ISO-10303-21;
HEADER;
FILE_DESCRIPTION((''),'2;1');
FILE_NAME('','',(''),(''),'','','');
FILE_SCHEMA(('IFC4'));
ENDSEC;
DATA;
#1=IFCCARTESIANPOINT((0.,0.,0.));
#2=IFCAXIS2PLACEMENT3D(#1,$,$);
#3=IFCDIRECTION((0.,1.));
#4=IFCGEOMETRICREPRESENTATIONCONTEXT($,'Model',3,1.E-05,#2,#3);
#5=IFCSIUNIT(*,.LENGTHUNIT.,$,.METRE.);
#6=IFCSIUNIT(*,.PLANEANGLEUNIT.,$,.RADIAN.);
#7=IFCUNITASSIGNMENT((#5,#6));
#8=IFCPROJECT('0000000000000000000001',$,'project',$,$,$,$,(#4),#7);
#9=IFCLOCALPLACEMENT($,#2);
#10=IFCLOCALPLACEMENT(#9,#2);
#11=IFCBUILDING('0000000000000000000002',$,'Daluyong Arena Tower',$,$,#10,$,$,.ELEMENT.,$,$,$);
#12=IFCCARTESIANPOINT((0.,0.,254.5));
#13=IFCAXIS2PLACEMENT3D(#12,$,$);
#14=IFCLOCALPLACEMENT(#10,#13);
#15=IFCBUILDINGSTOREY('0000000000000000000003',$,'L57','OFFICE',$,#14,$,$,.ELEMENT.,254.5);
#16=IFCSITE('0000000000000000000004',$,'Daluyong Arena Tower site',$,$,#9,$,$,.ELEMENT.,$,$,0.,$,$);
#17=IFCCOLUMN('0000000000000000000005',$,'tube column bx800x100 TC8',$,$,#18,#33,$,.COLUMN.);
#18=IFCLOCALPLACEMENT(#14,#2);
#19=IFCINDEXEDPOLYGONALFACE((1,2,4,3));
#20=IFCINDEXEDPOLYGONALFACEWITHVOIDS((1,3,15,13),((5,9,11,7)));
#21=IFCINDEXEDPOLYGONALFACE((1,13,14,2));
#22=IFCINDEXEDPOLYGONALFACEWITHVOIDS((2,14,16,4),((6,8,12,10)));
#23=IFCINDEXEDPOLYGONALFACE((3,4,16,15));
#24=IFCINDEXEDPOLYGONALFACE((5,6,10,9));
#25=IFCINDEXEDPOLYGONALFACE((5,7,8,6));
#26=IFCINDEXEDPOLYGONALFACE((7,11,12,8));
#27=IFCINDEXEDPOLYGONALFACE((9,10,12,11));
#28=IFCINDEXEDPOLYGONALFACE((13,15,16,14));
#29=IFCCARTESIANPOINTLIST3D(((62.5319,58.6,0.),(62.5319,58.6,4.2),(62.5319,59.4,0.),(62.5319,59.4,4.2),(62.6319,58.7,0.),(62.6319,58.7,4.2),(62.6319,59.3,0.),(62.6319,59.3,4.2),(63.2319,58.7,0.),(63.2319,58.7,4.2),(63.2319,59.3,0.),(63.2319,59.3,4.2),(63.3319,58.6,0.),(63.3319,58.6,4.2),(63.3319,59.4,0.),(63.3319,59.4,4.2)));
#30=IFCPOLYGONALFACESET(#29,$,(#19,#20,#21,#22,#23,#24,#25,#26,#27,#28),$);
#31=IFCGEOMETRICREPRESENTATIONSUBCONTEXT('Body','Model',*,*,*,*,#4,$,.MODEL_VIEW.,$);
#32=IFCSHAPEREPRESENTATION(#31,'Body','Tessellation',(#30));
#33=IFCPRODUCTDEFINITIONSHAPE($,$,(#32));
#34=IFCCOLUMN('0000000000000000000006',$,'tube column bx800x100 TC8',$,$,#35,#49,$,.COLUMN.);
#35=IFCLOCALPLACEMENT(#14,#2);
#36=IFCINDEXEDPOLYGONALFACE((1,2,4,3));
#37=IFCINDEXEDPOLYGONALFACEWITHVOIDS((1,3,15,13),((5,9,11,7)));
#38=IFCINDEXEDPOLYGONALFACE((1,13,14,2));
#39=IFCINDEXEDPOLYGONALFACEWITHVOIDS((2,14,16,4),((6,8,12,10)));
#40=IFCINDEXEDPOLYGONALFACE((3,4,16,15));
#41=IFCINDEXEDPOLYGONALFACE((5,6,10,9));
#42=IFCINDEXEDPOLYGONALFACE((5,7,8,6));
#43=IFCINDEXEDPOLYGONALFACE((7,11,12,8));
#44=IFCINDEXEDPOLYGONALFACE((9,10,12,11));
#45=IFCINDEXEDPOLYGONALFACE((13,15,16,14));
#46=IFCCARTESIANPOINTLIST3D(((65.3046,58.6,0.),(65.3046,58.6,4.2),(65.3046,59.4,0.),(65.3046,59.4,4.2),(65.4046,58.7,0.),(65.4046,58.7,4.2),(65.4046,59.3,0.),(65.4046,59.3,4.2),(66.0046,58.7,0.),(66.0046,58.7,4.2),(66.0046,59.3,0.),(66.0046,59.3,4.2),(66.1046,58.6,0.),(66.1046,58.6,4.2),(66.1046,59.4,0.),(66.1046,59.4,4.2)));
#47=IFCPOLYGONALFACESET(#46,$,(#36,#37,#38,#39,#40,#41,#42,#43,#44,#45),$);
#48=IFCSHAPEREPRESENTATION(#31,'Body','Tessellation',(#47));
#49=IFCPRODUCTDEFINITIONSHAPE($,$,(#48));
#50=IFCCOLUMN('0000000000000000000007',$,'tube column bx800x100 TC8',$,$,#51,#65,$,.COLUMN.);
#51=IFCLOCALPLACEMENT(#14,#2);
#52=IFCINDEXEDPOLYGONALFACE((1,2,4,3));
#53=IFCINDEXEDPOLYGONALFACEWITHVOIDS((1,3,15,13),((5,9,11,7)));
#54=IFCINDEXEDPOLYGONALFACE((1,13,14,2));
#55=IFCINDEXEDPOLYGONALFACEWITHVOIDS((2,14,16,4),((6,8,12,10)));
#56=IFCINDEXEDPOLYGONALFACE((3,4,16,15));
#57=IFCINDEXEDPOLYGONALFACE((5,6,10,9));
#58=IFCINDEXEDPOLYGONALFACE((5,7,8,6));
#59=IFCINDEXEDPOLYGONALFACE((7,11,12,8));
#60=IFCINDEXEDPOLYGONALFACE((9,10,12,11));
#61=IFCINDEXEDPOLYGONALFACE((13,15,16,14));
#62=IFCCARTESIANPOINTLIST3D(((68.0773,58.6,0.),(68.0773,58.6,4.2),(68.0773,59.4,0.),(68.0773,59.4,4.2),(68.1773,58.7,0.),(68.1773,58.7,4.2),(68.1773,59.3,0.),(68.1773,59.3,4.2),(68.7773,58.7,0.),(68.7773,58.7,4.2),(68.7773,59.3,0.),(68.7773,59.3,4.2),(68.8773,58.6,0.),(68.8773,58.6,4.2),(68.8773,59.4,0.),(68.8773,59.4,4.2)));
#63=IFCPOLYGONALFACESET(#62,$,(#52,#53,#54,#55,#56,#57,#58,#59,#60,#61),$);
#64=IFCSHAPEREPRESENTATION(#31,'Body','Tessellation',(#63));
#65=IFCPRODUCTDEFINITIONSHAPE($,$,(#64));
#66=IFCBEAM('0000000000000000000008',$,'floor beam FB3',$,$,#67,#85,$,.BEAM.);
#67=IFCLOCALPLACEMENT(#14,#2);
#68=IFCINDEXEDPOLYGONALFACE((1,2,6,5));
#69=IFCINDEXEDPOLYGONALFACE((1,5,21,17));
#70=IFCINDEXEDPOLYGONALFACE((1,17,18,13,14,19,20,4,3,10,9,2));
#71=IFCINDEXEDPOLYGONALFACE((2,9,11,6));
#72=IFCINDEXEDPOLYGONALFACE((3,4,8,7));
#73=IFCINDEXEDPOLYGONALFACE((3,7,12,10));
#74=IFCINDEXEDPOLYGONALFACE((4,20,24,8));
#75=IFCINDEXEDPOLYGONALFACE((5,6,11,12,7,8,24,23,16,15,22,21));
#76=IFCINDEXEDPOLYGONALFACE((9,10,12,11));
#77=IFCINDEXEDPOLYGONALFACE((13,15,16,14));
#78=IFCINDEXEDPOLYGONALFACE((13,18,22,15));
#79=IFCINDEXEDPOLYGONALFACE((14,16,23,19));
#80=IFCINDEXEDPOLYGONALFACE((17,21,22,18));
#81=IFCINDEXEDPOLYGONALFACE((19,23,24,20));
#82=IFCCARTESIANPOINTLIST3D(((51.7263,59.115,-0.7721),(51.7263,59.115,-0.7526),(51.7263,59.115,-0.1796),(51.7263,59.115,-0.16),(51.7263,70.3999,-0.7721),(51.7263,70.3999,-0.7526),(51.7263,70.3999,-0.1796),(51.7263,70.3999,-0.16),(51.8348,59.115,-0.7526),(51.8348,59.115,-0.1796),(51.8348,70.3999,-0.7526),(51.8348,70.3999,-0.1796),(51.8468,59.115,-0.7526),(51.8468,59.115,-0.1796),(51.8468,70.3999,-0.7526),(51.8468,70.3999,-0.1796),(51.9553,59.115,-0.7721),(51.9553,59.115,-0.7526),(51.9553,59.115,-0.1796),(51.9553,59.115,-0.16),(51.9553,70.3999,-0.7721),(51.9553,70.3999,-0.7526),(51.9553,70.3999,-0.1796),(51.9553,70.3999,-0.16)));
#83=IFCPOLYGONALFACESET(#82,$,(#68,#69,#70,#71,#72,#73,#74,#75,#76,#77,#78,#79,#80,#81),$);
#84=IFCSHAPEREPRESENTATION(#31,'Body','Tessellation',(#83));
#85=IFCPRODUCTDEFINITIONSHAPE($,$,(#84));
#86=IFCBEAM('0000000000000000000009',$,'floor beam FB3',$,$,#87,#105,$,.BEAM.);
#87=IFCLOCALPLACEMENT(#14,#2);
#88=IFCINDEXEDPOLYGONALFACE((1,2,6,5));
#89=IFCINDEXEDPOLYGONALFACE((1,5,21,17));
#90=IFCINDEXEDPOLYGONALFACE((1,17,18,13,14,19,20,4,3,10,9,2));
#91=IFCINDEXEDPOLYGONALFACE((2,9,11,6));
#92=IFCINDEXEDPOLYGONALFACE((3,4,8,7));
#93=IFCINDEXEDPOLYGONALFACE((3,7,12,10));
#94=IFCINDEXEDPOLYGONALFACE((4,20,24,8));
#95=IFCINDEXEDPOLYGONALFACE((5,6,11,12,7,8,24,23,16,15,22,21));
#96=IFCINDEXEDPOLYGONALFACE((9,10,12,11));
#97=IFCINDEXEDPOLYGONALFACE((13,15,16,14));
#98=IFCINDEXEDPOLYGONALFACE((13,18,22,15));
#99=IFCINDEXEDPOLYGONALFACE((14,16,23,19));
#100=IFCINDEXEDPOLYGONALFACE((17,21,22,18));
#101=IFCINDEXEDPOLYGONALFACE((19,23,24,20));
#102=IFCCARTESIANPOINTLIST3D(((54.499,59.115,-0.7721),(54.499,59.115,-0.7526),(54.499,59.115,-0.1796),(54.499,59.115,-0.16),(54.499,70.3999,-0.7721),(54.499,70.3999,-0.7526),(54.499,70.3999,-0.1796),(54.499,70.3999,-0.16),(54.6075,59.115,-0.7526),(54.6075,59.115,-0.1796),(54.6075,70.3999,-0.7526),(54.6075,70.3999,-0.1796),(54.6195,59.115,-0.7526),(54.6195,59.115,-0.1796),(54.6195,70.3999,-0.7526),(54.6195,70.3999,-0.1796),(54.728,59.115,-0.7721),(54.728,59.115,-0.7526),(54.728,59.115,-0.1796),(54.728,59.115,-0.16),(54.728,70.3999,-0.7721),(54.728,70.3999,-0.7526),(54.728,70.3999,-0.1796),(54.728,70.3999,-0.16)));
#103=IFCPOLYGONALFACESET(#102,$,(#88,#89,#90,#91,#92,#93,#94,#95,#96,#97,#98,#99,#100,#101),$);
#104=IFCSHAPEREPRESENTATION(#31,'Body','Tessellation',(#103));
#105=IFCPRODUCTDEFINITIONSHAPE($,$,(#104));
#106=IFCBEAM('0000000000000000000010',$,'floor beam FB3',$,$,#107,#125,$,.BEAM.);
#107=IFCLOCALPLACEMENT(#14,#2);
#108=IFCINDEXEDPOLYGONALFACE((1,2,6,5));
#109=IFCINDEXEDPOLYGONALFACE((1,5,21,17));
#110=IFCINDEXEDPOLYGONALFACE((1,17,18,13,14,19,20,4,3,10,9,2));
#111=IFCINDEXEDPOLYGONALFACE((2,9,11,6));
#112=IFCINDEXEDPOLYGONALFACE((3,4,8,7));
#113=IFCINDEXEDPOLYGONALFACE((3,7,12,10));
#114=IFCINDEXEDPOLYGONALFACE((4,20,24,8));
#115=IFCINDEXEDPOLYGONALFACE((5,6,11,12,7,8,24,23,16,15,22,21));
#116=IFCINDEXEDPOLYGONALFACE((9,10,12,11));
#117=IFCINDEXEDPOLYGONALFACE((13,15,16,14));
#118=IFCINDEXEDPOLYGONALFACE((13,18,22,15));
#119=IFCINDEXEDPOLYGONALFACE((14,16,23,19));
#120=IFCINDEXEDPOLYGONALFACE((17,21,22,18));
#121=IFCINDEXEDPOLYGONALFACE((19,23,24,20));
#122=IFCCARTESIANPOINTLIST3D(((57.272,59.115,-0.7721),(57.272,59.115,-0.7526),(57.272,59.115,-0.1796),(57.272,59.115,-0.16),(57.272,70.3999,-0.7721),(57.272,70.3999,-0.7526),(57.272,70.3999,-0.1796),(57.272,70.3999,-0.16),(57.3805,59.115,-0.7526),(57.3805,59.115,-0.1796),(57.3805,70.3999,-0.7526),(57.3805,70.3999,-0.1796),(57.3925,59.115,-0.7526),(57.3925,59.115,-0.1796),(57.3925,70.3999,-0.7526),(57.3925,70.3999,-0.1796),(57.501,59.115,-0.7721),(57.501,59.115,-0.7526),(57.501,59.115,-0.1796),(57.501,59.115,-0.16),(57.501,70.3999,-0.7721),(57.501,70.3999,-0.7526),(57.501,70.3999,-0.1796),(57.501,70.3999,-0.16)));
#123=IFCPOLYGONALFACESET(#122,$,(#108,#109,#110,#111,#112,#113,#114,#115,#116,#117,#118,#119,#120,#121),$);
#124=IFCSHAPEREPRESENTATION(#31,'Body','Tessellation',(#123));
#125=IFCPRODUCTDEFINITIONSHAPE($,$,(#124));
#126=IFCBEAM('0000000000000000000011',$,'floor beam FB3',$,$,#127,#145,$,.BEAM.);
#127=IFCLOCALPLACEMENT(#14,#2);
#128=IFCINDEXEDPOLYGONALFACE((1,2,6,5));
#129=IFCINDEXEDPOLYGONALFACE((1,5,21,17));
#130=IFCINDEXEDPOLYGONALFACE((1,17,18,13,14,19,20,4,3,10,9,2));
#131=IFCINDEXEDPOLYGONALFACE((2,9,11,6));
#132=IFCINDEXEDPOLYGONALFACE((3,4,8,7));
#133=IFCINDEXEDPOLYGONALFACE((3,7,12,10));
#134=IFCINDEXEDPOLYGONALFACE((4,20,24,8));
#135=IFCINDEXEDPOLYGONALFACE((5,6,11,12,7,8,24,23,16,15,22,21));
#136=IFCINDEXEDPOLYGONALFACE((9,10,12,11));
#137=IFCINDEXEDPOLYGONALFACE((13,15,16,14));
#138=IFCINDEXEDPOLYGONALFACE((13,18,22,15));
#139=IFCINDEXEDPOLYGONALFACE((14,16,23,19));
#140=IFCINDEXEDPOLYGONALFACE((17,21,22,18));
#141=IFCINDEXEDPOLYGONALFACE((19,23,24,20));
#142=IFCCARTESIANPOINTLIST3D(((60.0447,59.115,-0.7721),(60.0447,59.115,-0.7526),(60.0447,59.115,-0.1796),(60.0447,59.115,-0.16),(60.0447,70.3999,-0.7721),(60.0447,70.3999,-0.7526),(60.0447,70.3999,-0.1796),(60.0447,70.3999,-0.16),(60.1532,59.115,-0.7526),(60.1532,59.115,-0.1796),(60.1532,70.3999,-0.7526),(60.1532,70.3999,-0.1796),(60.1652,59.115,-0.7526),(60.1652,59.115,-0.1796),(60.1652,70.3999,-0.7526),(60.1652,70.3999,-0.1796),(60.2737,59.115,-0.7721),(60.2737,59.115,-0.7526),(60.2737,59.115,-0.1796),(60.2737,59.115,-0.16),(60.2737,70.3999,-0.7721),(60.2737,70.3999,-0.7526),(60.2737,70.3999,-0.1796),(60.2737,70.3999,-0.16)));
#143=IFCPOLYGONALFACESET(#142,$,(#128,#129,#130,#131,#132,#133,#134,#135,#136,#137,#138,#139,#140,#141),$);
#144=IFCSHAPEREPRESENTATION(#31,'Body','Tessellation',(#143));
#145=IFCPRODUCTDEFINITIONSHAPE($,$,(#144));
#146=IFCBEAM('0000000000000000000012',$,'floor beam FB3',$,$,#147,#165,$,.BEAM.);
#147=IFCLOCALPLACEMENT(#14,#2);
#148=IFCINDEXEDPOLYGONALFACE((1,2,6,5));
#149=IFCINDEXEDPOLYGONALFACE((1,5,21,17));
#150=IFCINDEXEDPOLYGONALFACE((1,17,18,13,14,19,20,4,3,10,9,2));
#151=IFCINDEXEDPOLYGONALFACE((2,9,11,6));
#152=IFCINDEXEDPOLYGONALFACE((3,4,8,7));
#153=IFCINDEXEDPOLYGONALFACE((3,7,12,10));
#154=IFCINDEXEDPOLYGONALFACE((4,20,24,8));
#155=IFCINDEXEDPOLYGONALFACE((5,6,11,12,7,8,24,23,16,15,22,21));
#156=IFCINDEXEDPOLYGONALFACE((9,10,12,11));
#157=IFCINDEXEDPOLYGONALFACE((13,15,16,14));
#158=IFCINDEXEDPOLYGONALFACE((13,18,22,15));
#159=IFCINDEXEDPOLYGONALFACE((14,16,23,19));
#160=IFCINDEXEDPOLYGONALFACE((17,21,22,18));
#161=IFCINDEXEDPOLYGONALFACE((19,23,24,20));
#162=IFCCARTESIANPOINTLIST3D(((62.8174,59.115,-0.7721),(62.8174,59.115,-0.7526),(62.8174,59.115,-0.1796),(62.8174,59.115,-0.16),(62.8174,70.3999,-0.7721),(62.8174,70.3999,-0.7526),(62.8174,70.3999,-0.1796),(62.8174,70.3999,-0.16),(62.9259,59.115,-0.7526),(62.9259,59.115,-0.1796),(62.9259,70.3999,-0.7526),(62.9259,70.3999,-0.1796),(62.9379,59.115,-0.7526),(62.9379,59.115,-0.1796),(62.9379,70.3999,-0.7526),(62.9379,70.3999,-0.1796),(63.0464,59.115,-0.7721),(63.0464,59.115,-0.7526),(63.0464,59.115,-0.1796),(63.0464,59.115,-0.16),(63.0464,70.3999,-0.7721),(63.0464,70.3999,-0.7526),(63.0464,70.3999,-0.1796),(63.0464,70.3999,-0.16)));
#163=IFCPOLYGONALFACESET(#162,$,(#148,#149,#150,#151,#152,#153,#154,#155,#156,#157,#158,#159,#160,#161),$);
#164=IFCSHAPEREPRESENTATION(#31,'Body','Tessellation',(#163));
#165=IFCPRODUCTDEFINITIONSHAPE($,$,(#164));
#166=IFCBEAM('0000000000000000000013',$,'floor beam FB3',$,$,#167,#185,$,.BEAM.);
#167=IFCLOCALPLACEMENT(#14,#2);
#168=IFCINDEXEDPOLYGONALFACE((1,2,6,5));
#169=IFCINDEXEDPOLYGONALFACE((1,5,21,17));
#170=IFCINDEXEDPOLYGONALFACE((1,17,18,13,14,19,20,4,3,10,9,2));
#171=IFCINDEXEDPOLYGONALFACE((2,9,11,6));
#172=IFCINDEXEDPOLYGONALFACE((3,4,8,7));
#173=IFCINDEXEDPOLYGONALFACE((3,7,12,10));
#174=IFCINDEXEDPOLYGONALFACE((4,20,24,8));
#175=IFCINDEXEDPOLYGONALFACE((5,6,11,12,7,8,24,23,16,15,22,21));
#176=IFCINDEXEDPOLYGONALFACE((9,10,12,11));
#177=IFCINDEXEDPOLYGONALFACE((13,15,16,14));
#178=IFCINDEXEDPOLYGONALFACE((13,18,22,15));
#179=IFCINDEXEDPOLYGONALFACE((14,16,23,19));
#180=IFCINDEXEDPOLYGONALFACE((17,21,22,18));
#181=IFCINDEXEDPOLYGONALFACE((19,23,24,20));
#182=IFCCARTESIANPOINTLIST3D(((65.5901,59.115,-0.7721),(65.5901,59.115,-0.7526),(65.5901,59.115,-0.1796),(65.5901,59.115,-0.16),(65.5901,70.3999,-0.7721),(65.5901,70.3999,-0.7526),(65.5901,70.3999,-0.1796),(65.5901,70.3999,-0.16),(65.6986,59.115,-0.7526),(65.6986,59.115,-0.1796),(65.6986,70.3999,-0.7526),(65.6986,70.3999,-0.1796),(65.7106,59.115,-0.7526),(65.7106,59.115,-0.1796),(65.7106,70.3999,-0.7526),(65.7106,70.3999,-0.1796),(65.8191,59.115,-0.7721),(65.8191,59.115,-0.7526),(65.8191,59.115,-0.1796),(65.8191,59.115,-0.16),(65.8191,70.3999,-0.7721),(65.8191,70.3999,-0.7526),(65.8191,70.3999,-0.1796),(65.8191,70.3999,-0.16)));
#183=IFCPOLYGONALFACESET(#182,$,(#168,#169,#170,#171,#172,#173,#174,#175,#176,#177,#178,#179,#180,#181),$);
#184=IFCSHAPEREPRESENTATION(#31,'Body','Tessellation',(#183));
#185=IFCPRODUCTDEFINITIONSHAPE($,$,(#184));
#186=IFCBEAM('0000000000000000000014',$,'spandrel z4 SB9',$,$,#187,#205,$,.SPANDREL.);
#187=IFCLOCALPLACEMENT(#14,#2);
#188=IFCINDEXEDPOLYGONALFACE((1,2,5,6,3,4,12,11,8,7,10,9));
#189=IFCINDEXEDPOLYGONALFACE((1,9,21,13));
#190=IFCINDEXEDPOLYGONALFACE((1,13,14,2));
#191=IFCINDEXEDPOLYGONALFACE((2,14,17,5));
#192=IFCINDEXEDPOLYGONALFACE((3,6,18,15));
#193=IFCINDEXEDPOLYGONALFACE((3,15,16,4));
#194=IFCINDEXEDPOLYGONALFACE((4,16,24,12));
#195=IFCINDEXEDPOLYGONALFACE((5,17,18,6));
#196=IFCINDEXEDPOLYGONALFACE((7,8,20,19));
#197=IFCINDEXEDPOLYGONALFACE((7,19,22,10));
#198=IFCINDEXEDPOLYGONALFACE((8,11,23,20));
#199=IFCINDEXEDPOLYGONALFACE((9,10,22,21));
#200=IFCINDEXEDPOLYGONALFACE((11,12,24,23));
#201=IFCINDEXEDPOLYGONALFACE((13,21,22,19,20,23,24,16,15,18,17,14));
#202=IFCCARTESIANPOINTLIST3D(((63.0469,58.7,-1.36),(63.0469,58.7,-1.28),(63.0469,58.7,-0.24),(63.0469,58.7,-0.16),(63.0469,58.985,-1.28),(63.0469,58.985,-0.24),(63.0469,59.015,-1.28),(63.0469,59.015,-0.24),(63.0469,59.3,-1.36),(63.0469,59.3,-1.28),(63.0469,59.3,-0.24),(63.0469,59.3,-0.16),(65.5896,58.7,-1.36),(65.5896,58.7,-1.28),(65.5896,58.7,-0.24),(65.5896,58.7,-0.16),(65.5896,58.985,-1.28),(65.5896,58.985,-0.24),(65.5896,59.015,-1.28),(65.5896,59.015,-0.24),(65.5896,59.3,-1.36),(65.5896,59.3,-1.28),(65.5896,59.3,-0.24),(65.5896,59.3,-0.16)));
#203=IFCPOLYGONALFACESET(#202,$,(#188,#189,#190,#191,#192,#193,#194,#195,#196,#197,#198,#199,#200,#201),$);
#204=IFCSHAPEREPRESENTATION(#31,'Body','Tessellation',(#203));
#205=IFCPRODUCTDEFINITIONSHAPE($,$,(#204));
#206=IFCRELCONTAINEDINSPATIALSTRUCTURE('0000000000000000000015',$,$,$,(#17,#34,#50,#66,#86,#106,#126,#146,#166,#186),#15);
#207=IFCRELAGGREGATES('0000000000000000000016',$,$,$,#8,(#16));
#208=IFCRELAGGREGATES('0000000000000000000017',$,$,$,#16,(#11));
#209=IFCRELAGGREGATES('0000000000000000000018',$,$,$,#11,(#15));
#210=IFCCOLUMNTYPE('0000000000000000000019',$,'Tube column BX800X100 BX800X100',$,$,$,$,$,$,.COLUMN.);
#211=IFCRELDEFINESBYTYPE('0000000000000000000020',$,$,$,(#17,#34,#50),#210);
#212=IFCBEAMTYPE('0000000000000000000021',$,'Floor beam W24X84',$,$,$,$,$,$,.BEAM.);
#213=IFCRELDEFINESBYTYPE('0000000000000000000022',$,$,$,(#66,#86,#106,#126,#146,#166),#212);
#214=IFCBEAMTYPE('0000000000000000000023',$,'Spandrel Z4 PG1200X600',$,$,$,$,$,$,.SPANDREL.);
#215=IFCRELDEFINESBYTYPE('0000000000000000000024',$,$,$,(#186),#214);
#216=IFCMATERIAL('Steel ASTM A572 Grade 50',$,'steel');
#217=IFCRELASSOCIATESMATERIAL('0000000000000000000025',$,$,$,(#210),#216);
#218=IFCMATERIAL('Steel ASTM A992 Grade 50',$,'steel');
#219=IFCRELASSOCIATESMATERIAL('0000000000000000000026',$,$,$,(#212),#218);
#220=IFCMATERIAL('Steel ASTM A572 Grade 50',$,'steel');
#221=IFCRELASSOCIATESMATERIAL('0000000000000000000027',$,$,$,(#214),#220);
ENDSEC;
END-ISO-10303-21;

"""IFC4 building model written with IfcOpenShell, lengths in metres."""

from ifc_helpers import new_model, si_unit, direction, frame, origin, origin_2d, place, context, subcontext, project, spatial, hollow_rectangle, i_section, extrude, material, material_profile, profile_set, type_object, element, save


model = new_model("IFC4")

# Units and contexts
model_context = context("Model", 3, precision=1e-05, world=origin(), true_north=direction((0.0, 1.0)))
body_context = subcontext(model_context, "Body", "Model", "MODEL_VIEW")
ifc_project = project(units=[si_unit("LENGTHUNIT", "METRE"), si_unit("PLANEANGLEUNIT", "RADIAN")], contexts=[model_context])

# Site, building, storey
site_placement = place(None, origin())
site = spatial("IfcSite", under=ifc_project, at=site_placement, Name="Daluyong Arena Tower site", CompositionType="ELEMENT", RefElevation=0.0)
building_placement = place(site_placement, origin())
building = spatial("IfcBuilding", under=site, at=building_placement, Name="Daluyong Arena Tower", CompositionType="ELEMENT")
storey_placement = place(building_placement, frame((0.0, 0.0, 254.5)))
storey = spatial("IfcBuildingStorey", under=building, at=storey_placement, Name="L57", Description="OFFICE", CompositionType="ELEMENT", Elevation=254.5)

# Columns
ifc_material_1 = material(Name="Steel ASTM A572 Grade 50", Category="steel")
ifc_material_profile_1 = material_profile(ifc_material_1, hollow_rectangle(XDim=0.8, YDim=0.8, WallThickness=0.1, at=origin_2d()))
ifc_profile_set_1 = profile_set([ifc_material_profile_1], Name="Steel ASTM A572 Grade 50")
column_type = type_object("IfcColumnType", Name="Tube column BX800X100 BX800X100", PredefinedType="COLUMN", material=ifc_profile_set_1)
for number, where, z_axis, x_axis, name in (
    (1, (62.9319, 59.0, 0.0), (0.0, 0.0, 1.0), (1.0, 0.0, 0.0), "tube column bx800x100 TC8"),
    (2, (65.7046, 59.0, 0.0), (0.0, 0.0, 1.0), (1.0, 0.0, 0.0), "tube column bx800x100 TC8"),
    (3, (68.4773, 59.0, 0.0), (0.0, 0.0, 1.0), (1.0, 0.0, 0.0), "tube column bx800x100 TC8"),
):
    element("IfcColumn", number, at=place(storey_placement, frame(where, z_axis=z_axis, x_axis=x_axis)), inside=storey, type_object=column_type, Name=name, PredefinedType="COLUMN", context=body_context, shape_type="SweptSolid", body=[
        extrude(hollow_rectangle(XDim=0.8, YDim=0.8, WallThickness=0.1, at=origin_2d()), origin(), (0.0, 0.0, 1.0), 4.2),
    ])

# Beams
ifc_material_2 = material(Name="Steel ASTM A992 Grade 50", Category="steel")
ifc_material_profile_2 = material_profile(ifc_material_2, i_section(OverallWidth=0.229, OverallDepth=0.6121, WebThickness=0.012, FlangeThickness=0.0195, at=origin_2d()))
ifc_profile_set_2 = profile_set([ifc_material_profile_2], Name="Steel ASTM A992 Grade 50")
beam_type_1 = type_object("IfcBeamType", Name="Floor beam W24X84", PredefinedType="BEAM", material=ifc_profile_set_2)
for number, where, z_axis, x_axis, name in (
    (4, (51.8408, 59.115, -0.4661), (0.0, 1.0, 0.0), (-1.0, 0.0, 0.0), "floor beam FB3"),
    (5, (54.6135, 59.115, -0.4661), (0.0, 1.0, 0.0), (-1.0, 0.0, 0.0), "floor beam FB3"),
    (6, (57.3865, 59.115, -0.4661), (0.0, 1.0, 0.0), (-1.0, 0.0, 0.0), "floor beam FB3"),
    (7, (60.1592, 59.115, -0.4661), (0.0, 1.0, 0.0), (-1.0, 0.0, 0.0), "floor beam FB3"),
    (8, (62.9319, 59.115, -0.4661), (0.0, 1.0, 0.0), (-1.0, 0.0, 0.0), "floor beam FB3"),
    (9, (65.7046, 59.115, -0.4661), (0.0, 1.0, 0.0), (-1.0, 0.0, 0.0), "floor beam FB3"),
):
    element("IfcBeam", number, at=place(storey_placement, frame(where, z_axis=z_axis, x_axis=x_axis)), inside=storey, type_object=beam_type_1, Name=name, PredefinedType="BEAM", context=body_context, shape_type="SweptSolid", body=[
        extrude(i_section(OverallWidth=0.229, OverallDepth=0.6121, WebThickness=0.012, FlangeThickness=0.0195, at=origin_2d()), origin(), (0.0, 0.0, 1.0), 11.2849),
    ])
ifc_material_3 = material(Name="Steel ASTM A572 Grade 50", Category="steel")
ifc_material_profile_3 = material_profile(ifc_material_3, i_section(OverallWidth=0.6001, OverallDepth=1.2, WebThickness=0.03, FlangeThickness=0.08, at=origin_2d()))
ifc_profile_set_3 = profile_set([ifc_material_profile_3], Name="Steel ASTM A572 Grade 50")
beam_type_2 = type_object("IfcBeamType", Name="Spandrel Z4 PG1200X600", PredefinedType="SPANDREL", material=ifc_profile_set_3)
for number, where, z_axis, x_axis, name in (
    (10, (63.0469, 59.0, -0.76), (1.0, 0.0, 0.0), (0.0, 1.0, 0.0), "spandrel z4 SB9"),
):
    element("IfcBeam", number, at=place(storey_placement, frame(where, z_axis=z_axis, x_axis=x_axis)), inside=storey, type_object=beam_type_2, Name=name, PredefinedType="SPANDREL", context=body_context, shape_type="SweptSolid", body=[
        extrude(i_section(OverallWidth=0.6001, OverallDepth=1.2, WebThickness=0.03, FlangeThickness=0.08, at=origin_2d()), origin(), (0.0, 0.0, 1.0), 2.5427),
    ])

save(model, "model.ifc")
